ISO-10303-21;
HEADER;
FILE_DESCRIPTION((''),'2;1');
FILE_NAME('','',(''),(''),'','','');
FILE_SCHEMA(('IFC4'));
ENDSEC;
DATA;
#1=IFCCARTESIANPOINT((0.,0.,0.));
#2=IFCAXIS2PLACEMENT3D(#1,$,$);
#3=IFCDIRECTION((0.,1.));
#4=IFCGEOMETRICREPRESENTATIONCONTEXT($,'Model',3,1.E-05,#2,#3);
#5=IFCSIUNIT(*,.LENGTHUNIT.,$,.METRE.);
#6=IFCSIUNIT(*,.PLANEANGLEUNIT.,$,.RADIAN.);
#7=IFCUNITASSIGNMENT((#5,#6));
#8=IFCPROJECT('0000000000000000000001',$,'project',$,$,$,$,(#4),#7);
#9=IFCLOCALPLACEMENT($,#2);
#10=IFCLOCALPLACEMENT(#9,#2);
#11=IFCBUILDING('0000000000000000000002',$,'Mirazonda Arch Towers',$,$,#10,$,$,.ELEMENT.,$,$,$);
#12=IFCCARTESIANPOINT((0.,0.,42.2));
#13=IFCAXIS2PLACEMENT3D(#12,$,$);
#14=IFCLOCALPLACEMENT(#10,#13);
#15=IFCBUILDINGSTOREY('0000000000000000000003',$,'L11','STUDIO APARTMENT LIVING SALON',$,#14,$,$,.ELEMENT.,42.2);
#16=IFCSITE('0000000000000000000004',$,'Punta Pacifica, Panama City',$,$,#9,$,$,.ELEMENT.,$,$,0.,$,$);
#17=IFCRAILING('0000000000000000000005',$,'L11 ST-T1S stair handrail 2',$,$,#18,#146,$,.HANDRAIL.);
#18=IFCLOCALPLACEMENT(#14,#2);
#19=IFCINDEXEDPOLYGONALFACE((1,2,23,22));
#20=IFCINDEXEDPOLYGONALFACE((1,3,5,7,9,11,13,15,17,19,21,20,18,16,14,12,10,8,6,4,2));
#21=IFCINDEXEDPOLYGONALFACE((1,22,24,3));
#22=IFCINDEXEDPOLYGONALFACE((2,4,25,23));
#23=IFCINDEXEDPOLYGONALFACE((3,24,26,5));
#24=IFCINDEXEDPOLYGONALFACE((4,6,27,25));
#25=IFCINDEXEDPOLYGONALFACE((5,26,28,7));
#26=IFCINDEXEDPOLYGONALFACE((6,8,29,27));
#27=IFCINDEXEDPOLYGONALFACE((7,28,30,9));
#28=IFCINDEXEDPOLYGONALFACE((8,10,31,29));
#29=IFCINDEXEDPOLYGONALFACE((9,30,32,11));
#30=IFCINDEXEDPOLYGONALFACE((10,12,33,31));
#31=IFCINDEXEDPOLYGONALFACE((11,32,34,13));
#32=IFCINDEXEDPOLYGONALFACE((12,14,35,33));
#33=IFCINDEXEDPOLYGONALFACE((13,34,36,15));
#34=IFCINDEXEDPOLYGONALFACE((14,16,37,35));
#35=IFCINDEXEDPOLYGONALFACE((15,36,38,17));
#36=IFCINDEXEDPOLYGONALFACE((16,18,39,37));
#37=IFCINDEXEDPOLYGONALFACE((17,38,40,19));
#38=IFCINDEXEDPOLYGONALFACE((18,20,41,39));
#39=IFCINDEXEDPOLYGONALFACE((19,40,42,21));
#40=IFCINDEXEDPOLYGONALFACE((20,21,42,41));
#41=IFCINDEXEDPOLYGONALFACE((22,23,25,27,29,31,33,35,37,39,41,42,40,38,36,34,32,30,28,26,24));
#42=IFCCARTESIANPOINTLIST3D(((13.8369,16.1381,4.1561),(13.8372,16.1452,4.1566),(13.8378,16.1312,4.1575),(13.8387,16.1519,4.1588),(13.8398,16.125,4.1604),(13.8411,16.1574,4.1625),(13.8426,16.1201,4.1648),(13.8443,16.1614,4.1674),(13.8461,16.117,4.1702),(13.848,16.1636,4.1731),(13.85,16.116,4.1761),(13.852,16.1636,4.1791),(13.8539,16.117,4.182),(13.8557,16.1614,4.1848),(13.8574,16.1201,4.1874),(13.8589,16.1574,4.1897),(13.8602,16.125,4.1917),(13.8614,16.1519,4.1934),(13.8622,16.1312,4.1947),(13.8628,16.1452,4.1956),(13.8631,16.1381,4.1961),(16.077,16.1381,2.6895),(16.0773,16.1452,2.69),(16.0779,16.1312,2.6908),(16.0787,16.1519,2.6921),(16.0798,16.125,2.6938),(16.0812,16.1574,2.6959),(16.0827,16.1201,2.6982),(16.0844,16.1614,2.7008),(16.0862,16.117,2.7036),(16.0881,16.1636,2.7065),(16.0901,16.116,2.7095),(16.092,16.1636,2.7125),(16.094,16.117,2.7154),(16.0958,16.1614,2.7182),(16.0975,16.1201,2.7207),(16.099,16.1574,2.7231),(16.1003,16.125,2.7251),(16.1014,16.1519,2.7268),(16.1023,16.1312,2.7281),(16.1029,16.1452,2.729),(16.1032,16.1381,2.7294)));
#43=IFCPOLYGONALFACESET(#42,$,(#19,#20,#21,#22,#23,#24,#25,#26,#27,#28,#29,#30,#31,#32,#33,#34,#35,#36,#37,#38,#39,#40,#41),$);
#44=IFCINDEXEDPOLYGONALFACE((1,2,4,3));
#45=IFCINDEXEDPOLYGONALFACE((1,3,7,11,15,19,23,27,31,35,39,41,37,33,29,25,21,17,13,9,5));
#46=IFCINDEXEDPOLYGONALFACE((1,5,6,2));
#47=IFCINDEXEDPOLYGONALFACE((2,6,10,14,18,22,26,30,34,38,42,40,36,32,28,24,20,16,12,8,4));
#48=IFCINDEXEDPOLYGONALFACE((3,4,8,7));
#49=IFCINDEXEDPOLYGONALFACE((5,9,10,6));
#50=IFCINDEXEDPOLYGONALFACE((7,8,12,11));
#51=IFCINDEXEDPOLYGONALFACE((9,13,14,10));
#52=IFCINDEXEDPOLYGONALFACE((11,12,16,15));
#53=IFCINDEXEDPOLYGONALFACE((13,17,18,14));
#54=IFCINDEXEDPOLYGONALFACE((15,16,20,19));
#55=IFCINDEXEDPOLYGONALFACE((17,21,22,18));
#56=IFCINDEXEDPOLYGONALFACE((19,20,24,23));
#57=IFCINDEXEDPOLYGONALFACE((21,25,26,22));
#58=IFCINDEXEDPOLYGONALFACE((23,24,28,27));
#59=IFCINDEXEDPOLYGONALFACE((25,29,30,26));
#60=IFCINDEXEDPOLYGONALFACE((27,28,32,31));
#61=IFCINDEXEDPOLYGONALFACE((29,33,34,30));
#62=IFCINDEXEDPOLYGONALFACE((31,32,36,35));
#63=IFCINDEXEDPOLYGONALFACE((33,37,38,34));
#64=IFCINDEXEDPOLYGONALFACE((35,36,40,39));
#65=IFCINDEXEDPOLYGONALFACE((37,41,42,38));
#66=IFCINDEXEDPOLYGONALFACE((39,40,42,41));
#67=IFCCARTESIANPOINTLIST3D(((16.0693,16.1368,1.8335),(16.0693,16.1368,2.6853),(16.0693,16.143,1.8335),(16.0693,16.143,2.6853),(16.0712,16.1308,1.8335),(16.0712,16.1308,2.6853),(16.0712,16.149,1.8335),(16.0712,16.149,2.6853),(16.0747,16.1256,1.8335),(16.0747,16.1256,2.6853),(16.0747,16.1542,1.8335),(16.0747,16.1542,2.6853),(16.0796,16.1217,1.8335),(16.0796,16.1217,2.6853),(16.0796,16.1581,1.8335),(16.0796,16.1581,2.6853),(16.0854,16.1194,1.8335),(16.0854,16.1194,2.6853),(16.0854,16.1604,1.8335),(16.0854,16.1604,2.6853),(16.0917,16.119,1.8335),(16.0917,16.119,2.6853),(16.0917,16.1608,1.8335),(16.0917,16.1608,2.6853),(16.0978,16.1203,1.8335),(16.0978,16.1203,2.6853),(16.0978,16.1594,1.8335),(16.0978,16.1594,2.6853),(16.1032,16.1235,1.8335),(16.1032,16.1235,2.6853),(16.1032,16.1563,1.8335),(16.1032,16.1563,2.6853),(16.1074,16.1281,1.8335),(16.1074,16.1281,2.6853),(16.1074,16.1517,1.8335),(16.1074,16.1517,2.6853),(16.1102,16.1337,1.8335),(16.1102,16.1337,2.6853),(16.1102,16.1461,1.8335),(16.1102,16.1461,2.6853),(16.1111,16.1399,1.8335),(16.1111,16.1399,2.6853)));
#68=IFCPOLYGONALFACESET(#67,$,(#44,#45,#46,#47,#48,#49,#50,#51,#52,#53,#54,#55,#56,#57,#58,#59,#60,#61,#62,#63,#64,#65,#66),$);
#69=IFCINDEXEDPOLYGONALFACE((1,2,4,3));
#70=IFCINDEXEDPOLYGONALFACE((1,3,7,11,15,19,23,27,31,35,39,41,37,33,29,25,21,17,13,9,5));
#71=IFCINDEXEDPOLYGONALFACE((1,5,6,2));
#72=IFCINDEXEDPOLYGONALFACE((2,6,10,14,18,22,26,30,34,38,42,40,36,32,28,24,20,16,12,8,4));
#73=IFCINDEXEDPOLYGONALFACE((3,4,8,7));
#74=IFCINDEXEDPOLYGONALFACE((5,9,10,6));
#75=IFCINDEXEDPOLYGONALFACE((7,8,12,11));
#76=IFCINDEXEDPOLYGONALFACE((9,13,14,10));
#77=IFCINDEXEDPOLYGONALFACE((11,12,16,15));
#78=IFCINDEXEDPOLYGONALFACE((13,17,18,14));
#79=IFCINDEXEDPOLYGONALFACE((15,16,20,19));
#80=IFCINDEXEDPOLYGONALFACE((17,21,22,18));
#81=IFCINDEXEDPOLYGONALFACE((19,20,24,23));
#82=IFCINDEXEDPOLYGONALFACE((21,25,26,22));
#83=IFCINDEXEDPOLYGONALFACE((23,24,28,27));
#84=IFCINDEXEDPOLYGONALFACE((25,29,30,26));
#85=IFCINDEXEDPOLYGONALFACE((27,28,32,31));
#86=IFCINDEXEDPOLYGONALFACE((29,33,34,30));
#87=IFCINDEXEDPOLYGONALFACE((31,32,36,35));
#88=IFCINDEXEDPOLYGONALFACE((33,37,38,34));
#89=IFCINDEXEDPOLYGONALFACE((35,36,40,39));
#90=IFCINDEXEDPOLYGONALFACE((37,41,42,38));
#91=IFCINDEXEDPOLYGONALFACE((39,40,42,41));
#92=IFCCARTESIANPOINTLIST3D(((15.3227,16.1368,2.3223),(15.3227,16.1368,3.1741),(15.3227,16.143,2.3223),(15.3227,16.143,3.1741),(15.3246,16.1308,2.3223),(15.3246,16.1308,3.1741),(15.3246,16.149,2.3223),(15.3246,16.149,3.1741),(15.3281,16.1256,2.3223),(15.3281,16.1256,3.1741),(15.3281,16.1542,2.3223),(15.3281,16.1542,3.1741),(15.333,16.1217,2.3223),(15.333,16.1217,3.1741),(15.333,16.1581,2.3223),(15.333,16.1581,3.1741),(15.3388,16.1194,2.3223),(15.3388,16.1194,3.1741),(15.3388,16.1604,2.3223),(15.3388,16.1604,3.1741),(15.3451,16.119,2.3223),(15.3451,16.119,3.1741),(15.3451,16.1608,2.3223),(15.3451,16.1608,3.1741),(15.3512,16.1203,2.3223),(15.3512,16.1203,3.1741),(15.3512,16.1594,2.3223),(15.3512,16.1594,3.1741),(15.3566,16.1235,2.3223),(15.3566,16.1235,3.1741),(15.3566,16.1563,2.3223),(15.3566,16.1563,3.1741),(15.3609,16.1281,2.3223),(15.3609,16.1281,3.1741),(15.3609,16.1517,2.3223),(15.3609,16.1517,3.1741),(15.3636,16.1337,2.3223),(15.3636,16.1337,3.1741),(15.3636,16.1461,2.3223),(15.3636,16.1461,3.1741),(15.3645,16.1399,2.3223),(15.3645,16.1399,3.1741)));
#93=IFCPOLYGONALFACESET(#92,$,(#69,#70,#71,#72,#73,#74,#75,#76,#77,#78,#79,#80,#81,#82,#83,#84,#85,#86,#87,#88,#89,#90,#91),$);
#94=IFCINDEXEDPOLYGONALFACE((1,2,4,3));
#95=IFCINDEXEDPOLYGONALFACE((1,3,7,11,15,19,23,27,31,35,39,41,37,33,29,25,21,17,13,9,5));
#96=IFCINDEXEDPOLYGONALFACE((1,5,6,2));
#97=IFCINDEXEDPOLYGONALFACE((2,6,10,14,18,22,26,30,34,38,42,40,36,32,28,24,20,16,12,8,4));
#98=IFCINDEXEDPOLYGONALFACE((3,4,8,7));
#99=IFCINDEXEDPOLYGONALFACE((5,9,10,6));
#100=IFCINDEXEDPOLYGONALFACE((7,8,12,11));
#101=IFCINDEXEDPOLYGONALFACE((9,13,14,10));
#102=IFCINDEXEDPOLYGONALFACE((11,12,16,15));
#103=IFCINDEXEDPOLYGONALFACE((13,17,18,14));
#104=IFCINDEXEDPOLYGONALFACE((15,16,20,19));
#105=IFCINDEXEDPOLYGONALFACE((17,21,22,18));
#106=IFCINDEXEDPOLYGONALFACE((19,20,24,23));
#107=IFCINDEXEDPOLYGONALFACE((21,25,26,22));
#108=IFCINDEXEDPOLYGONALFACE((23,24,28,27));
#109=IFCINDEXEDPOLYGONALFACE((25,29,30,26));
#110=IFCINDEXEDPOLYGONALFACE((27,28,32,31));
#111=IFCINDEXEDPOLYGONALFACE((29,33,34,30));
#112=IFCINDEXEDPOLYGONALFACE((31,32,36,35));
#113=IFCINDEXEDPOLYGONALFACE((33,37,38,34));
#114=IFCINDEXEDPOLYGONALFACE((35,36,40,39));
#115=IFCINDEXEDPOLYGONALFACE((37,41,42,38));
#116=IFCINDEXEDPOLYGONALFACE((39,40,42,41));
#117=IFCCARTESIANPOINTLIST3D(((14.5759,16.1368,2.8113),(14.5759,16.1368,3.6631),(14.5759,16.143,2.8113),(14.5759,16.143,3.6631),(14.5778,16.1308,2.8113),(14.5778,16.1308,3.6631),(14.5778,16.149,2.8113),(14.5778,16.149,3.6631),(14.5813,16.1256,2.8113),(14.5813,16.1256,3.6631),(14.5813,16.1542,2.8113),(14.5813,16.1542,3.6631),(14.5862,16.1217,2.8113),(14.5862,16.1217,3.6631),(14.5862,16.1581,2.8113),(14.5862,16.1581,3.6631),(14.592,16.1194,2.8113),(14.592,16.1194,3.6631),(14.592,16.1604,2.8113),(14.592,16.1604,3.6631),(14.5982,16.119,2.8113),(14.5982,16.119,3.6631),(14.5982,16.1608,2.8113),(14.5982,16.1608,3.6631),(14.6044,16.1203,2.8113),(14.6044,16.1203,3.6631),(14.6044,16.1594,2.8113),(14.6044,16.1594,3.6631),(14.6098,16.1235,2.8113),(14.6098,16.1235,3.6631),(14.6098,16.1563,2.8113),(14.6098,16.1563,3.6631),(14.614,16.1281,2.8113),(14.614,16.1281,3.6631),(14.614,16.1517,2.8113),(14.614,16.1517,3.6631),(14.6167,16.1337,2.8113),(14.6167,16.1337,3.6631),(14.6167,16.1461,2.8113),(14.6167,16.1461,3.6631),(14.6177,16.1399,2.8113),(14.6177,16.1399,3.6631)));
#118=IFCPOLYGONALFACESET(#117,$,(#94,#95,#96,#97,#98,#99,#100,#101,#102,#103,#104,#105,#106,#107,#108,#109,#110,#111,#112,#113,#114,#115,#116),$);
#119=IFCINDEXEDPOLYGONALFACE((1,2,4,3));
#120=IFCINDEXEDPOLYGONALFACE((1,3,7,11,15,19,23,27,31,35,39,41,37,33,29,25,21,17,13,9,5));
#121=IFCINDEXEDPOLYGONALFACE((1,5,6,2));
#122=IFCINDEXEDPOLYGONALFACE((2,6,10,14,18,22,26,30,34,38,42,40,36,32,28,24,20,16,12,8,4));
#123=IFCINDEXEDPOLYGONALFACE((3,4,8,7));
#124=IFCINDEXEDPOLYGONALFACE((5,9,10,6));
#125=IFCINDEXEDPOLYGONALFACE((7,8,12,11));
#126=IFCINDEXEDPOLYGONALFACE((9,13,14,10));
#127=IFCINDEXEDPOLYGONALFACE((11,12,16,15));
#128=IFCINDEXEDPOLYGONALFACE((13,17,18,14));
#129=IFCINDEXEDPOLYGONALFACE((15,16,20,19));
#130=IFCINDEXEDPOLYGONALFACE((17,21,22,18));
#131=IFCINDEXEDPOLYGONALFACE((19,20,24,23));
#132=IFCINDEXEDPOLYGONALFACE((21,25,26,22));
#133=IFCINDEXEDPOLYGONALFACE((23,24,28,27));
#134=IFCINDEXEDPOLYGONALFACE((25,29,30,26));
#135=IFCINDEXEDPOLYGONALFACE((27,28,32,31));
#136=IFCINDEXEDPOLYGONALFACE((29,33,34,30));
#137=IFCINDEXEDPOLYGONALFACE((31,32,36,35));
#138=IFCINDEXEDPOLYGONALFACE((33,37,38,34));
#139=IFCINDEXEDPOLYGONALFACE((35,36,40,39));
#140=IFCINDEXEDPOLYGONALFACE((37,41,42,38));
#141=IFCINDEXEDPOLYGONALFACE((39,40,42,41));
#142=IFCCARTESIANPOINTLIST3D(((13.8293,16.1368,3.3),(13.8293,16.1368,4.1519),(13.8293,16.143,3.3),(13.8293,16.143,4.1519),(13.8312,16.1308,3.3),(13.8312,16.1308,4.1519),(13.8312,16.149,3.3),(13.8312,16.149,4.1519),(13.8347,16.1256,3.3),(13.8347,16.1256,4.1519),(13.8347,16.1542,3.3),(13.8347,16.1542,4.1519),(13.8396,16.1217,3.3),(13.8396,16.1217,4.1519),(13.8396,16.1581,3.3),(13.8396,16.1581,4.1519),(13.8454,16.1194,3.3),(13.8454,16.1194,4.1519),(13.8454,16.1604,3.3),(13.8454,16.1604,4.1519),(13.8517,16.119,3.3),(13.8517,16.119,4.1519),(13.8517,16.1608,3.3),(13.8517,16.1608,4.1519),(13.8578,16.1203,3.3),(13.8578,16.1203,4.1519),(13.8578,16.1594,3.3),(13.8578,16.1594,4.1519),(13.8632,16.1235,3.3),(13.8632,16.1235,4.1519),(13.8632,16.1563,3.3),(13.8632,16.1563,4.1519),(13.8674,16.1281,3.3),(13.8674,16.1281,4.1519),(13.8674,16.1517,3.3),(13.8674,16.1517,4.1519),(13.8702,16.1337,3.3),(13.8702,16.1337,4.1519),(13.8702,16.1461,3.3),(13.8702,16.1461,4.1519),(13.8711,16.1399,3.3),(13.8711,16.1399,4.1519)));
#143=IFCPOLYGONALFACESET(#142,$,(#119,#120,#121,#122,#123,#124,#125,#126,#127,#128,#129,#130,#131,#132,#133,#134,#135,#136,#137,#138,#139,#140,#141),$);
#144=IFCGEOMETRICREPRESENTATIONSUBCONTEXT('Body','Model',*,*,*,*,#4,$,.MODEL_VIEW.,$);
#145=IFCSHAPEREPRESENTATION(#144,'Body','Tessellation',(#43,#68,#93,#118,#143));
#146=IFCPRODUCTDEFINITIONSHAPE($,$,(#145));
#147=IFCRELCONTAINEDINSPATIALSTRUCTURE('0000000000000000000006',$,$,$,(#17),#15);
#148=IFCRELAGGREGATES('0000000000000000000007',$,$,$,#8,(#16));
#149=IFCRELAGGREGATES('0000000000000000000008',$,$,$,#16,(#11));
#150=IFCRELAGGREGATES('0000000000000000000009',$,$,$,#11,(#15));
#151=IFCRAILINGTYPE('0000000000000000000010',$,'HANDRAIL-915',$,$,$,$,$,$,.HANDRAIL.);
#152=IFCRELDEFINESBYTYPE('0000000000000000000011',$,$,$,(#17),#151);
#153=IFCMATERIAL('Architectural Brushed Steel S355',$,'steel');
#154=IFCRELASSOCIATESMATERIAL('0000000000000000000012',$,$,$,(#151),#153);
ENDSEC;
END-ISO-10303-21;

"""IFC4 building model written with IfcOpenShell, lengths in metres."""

from ifc_helpers import new_model, si_unit, direction, frame, origin, origin_2d, place, context, subcontext, project, spatial, circle, extrude, material, type_object, element, save


model = new_model("IFC4")

# Units and contexts
model_context = context("Model", 3, precision=1e-05, world=origin(), true_north=direction((0.0, 1.0)))
body_context = subcontext(model_context, "Body", "Model", "MODEL_VIEW")
ifc_project = project(units=[si_unit("LENGTHUNIT", "METRE"), si_unit("PLANEANGLEUNIT", "RADIAN")], contexts=[model_context])

# Site, building, storey
site_placement = place(None, origin())
site = spatial("IfcSite", under=ifc_project, at=site_placement, Name="Punta Pacifica, Panama City", CompositionType="ELEMENT", RefElevation=0.0)
building_placement = place(site_placement, origin())
building = spatial("IfcBuilding", under=site, at=building_placement, Name="Mirazonda Arch Towers", CompositionType="ELEMENT")
storey_placement = place(building_placement, frame((0.0, 0.0, 42.2)))
storey = spatial("IfcBuildingStorey", under=building, at=storey_placement, Name="L11", Description="STUDIO APARTMENT LIVING SALON", CompositionType="ELEMENT", Elevation=42.2)

# Railing
ifc_material_1 = material(Name="Architectural Brushed Steel S355", Category="steel")
railing_type_1 = type_object("IfcRailingType", Name="HANDRAIL-915", PredefinedType="HANDRAIL", material=ifc_material_1)
railing_1_placement = place(storey_placement, frame((16.0901, 16.1399, 1.8335)))
element("IfcRailing", 1, at=railing_1_placement, inside=storey, type_object=railing_type_1, Name="L11 ST-T1S stair handrail 2", PredefinedType="HANDRAIL", context=body_context, shape_type="SweptSolid", body=[
    extrude(circle(Radius=0.0239, at=origin_2d()), frame((0.0, 0.0, 0.876), z_axis=(-0.836637, 0.0, 0.547758), x_axis=(0.0, -1.0, 0.0)), (0.0, 0.0, 1.0), 2.6775),
    extrude(circle(Radius=0.021, at=origin_2d()), origin(), (0.0, 0.0, 1.0), 0.8518),
    extrude(circle(Radius=0.021, at=origin_2d()), frame((-0.7466, 0.0, 0.4888)), (0.0, 0.0, 1.0), 0.8518),
    extrude(circle(Radius=0.021, at=origin_2d()), frame((-1.4934, 0.0, 0.9778)), (0.0, 0.0, 1.0), 0.8518),
    extrude(circle(Radius=0.021, at=origin_2d()), frame((-2.24, 0.0, 1.4666)), (0.0, 0.0, 1.0), 0.8518),
])

save(model, "model.ifc")
